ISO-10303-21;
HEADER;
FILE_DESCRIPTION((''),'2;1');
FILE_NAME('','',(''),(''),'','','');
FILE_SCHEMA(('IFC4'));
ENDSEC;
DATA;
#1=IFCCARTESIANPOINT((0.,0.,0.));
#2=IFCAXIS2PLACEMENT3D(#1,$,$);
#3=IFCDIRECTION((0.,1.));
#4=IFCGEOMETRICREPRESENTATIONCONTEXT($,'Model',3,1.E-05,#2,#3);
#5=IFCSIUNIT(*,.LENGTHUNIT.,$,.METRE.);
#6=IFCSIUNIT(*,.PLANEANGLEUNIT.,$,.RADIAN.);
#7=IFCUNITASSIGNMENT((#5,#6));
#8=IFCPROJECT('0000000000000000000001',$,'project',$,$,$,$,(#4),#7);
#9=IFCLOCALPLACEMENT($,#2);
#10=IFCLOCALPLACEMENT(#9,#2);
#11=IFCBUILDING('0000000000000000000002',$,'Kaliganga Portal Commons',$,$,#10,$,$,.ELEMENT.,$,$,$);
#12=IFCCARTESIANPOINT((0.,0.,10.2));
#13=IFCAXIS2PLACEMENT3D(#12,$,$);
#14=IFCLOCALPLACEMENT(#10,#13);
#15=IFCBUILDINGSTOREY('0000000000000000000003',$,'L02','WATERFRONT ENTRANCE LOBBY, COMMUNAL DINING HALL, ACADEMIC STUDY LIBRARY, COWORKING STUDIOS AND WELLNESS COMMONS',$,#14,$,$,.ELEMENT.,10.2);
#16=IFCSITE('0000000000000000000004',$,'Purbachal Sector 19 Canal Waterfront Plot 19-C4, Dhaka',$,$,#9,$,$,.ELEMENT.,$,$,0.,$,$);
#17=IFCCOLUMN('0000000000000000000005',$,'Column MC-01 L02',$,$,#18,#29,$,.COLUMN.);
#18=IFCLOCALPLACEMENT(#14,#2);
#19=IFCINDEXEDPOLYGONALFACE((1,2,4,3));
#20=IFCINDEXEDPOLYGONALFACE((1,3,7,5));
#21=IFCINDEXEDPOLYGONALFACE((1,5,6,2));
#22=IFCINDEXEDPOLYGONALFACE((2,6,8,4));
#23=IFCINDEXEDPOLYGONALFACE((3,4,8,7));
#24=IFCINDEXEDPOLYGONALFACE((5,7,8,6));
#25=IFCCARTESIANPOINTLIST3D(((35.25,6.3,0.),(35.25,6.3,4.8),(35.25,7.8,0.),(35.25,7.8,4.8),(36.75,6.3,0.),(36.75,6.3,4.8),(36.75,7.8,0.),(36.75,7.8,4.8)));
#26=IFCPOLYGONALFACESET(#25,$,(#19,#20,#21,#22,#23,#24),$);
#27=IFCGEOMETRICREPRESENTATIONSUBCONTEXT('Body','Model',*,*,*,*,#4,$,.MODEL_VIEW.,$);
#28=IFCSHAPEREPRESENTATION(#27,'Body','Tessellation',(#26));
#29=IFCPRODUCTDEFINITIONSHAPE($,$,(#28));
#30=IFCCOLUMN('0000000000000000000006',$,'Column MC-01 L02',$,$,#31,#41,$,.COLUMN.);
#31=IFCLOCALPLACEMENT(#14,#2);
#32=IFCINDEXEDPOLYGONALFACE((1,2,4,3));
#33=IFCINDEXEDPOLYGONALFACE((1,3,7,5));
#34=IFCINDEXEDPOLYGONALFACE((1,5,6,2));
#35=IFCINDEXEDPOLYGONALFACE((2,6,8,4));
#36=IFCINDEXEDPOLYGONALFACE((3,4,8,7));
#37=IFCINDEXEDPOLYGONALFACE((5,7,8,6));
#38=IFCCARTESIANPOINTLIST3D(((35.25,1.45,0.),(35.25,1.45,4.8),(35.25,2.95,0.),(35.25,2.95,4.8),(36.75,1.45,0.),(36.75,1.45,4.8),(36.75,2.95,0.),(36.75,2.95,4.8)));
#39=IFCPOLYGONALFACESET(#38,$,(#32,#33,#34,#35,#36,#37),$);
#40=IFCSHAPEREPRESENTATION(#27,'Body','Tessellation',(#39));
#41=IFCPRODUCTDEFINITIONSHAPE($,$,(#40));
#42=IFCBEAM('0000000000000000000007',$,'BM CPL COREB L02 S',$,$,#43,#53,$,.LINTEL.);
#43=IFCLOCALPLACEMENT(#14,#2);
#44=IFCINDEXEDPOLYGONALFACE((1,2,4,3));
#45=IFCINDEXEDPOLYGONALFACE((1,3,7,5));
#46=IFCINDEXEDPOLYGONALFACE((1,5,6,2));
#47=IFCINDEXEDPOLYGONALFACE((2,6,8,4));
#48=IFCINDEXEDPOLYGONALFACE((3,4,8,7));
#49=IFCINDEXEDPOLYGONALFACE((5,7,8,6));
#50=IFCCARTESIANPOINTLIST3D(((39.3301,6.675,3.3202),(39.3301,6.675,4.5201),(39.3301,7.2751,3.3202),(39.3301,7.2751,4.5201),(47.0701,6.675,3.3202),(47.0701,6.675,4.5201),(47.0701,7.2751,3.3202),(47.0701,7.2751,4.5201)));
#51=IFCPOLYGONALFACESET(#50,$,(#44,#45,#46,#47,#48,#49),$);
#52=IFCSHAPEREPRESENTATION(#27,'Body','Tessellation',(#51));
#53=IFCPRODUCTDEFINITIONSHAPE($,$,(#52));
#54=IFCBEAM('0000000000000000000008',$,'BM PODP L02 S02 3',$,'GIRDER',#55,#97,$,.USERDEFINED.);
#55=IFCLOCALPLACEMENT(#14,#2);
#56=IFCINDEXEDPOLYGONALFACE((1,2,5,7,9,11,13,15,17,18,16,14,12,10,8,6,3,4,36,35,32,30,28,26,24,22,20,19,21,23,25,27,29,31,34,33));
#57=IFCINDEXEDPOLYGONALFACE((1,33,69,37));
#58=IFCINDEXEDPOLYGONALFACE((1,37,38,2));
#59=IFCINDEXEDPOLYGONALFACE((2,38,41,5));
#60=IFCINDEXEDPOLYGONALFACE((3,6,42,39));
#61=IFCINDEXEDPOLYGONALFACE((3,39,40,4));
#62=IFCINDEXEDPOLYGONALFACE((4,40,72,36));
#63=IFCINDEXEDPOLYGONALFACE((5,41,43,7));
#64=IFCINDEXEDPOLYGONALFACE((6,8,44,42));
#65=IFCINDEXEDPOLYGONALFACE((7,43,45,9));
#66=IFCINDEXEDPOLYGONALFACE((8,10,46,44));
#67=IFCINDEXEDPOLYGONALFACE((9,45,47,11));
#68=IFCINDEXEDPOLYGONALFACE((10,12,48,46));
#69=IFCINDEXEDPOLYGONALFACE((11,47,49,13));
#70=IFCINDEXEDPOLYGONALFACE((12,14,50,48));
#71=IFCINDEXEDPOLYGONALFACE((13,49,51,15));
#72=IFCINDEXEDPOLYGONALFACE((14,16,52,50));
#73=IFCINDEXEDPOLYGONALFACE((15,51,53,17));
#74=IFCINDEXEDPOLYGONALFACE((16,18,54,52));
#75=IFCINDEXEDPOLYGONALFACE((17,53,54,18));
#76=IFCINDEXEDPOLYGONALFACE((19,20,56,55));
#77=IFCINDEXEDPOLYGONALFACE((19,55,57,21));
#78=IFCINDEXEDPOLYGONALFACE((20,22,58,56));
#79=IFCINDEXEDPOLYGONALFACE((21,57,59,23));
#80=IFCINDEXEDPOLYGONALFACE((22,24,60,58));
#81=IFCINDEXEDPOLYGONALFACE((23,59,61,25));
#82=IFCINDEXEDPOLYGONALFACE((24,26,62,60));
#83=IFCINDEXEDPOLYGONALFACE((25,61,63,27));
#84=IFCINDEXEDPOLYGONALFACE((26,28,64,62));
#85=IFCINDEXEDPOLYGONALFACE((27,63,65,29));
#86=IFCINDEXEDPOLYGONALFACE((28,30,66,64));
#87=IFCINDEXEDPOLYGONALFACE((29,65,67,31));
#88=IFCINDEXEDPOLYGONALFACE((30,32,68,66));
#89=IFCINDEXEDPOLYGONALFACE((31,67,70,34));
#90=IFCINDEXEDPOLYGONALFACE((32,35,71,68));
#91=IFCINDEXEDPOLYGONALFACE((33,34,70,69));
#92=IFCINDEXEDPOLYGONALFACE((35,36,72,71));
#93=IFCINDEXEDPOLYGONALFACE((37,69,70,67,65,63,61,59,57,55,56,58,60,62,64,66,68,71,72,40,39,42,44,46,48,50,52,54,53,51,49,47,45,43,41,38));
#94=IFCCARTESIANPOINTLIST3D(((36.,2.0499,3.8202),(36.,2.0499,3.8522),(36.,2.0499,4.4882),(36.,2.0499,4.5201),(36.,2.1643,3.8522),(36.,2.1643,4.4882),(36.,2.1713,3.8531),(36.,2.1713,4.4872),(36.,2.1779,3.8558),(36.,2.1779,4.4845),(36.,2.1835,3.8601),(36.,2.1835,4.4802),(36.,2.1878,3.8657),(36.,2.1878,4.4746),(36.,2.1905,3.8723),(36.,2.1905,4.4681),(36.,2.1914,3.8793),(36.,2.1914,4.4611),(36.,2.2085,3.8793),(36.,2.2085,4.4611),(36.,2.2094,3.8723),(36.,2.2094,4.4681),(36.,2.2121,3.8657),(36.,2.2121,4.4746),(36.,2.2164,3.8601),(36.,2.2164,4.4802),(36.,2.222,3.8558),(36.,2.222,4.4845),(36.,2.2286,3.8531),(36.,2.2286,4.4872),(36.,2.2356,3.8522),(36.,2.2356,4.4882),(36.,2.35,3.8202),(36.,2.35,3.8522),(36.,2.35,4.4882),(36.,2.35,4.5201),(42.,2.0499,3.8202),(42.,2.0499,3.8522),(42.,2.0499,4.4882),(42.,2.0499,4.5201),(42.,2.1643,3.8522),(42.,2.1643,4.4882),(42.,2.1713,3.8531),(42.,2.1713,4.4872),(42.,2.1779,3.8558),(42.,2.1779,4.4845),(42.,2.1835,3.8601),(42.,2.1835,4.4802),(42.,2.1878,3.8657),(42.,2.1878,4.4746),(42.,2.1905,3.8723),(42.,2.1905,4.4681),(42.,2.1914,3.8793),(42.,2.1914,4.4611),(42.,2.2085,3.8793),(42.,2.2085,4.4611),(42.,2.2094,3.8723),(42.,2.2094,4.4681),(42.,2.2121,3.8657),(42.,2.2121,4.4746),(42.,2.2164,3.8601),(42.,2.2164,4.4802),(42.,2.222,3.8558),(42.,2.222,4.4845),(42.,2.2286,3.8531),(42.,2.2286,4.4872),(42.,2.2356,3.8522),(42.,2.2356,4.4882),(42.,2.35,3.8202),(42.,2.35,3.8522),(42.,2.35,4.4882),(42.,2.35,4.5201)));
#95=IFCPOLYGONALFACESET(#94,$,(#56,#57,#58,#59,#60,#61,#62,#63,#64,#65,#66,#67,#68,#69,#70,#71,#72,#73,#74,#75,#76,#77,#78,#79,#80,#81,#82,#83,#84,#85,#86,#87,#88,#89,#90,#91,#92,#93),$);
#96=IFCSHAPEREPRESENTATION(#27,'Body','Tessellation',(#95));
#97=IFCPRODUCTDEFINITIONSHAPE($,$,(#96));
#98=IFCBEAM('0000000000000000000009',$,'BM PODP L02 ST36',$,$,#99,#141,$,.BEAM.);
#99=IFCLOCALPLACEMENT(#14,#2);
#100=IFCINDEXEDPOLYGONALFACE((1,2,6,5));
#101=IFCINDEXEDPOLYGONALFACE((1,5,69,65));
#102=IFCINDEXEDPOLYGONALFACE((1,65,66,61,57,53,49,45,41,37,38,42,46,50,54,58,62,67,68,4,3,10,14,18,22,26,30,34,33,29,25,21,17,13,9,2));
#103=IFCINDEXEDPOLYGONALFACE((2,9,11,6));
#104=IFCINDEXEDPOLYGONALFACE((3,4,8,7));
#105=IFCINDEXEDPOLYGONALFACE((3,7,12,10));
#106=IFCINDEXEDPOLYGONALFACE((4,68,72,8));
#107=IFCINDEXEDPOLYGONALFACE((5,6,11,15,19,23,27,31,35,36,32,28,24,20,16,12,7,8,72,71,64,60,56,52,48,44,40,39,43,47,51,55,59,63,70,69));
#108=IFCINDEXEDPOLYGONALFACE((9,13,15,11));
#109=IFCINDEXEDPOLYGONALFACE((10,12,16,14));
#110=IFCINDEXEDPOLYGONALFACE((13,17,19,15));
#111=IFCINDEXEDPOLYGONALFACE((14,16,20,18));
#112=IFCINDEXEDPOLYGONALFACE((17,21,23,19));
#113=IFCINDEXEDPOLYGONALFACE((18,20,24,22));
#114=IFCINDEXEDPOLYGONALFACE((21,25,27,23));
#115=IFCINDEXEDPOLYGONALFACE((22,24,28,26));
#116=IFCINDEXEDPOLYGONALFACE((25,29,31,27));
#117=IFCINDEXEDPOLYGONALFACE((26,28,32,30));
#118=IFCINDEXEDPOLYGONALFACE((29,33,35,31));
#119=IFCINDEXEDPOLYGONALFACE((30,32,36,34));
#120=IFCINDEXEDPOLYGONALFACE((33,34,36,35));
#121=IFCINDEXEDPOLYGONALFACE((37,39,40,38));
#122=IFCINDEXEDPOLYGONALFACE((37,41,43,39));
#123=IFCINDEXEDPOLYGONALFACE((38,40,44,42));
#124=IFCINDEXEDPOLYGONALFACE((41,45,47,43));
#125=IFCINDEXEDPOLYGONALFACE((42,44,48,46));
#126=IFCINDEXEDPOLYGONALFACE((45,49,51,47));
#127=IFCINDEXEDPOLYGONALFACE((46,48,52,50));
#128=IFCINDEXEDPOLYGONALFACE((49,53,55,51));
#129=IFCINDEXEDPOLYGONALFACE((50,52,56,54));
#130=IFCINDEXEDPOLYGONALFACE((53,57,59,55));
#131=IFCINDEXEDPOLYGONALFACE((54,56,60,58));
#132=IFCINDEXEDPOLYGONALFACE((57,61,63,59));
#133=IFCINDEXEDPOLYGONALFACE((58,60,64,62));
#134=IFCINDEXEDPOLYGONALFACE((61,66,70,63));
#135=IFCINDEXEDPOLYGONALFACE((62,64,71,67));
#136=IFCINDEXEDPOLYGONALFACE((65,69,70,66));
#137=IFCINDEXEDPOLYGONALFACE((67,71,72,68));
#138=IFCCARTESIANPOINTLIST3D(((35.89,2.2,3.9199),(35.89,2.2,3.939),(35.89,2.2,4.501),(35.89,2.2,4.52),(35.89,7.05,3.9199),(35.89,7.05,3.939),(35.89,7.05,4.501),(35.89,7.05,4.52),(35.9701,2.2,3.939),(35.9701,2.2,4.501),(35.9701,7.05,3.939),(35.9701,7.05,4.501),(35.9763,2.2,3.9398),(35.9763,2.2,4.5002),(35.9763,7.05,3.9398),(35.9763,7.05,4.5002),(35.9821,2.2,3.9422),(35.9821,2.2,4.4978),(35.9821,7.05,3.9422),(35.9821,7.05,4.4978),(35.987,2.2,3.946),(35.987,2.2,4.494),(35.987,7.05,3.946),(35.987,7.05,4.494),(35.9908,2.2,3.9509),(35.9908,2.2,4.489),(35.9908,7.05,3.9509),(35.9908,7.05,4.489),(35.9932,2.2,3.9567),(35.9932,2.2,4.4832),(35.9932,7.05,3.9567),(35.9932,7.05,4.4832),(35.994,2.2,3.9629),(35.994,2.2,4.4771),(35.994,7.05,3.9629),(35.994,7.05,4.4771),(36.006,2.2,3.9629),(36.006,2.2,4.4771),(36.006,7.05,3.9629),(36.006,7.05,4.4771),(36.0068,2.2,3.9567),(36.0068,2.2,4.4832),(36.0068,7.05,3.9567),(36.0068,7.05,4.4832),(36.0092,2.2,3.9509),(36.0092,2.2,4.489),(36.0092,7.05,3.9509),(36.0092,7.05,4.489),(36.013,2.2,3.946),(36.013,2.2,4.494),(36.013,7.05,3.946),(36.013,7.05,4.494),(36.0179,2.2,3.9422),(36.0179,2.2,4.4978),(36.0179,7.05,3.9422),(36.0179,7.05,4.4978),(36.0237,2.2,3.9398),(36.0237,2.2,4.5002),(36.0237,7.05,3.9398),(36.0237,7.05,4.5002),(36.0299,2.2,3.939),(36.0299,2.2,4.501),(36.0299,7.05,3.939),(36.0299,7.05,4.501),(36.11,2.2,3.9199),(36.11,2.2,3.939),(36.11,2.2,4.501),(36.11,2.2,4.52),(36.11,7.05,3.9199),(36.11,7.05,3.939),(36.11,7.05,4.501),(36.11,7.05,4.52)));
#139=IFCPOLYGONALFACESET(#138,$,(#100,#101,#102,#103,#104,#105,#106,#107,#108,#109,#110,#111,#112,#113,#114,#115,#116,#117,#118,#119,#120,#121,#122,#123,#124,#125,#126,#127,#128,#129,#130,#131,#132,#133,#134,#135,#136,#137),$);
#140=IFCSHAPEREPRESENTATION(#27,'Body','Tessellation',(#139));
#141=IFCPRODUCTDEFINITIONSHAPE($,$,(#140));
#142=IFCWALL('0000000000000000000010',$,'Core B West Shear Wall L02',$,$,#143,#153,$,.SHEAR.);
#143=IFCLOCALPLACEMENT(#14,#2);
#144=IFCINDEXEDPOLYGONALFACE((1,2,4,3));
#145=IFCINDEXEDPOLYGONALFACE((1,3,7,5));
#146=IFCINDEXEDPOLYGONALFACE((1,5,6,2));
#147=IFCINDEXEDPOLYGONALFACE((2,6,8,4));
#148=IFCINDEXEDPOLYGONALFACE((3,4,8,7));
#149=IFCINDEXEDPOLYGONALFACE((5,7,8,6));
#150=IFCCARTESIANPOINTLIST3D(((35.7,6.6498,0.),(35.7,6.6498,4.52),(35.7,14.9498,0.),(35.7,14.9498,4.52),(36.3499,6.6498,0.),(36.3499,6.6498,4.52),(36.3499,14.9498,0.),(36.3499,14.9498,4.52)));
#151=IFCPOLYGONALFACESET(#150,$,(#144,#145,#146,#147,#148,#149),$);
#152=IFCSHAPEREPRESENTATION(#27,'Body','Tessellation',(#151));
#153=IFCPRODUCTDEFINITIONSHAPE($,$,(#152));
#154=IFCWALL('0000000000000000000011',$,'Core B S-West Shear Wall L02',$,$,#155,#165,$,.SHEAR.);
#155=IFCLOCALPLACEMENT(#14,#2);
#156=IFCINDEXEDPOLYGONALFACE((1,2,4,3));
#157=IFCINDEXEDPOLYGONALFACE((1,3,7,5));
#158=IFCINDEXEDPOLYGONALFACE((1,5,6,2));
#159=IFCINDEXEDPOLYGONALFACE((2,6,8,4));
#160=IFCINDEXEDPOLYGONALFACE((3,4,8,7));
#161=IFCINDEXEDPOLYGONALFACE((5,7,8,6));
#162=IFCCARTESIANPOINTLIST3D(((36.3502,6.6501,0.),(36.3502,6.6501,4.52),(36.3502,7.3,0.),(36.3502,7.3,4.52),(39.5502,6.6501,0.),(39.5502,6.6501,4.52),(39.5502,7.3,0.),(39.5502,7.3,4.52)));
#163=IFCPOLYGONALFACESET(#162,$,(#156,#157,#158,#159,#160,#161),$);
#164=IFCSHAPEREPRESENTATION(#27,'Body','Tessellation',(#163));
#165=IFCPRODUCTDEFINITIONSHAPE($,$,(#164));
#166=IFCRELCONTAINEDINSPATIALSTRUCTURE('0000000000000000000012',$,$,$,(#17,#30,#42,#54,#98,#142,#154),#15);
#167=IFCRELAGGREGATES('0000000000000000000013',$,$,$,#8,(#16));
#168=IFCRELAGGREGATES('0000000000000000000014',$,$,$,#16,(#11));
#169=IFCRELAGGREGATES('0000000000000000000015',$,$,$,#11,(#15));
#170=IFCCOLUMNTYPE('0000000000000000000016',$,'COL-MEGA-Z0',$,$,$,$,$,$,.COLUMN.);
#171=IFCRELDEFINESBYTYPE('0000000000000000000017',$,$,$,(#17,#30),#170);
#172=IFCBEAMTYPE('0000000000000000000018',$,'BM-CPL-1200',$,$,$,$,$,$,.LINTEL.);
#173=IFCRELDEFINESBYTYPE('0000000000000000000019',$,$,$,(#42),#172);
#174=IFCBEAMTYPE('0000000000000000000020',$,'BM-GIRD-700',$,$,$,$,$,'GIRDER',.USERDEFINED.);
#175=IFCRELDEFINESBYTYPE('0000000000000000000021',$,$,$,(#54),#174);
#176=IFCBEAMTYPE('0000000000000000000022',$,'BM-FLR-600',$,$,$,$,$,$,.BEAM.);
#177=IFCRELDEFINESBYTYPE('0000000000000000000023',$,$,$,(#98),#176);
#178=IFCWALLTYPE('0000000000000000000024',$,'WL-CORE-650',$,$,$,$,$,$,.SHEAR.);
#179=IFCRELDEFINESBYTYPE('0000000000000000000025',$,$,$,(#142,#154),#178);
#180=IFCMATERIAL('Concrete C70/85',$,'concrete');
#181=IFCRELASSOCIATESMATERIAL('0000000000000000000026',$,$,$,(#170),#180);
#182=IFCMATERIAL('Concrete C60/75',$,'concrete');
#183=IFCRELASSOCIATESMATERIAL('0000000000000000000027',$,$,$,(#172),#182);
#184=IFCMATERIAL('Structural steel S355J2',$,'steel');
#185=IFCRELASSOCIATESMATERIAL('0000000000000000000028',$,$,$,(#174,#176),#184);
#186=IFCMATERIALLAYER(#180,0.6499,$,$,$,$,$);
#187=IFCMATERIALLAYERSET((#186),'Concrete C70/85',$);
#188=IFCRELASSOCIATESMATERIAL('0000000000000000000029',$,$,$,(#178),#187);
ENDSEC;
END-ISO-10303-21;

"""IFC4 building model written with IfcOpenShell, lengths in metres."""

from ifc_helpers import new_model, si_unit, direction, frame, frame_2d, origin, origin_2d, place, context, subcontext, project, spatial, rectangle, i_section, extrude, source, transform, mapped, material, layer, layer_set, material_profile, profile_set, type_object, element, save


model = new_model("IFC4")

# Units and contexts
model_context = context("Model", 3, precision=1e-05, world=origin(), true_north=direction((0.0, 1.0)))
body_context = subcontext(model_context, "Body", "Model", "MODEL_VIEW")
ifc_project = project(units=[si_unit("LENGTHUNIT", "METRE"), si_unit("PLANEANGLEUNIT", "RADIAN")], contexts=[model_context])

# Site, building, storey
site_placement = place(None, origin())
site = spatial("IfcSite", under=ifc_project, at=site_placement, Name="Purbachal Sector 19 Canal Waterfront Plot 19-C4, Dhaka", CompositionType="ELEMENT", RefElevation=0.0)
building_placement = place(site_placement, origin())
building = spatial("IfcBuilding", under=site, at=building_placement, Name="Kaliganga Portal Commons", CompositionType="ELEMENT")
storey_placement = place(building_placement, frame((0.0, 0.0, 10.2)))
storey = spatial("IfcBuildingStorey", under=building, at=storey_placement, Name="L02", Description="WATERFRONT ENTRANCE LOBBY, COMMUNAL DINING HALL, ACADEMIC STUDY LIBRARY, COWORKING STUDIOS AND WELLNESS COMMONS", CompositionType="ELEMENT", Elevation=10.2)

# Columns
ifc_material_1 = material(Name="Concrete C70/85", Category="concrete")
ifc_material_profile_1 = material_profile(ifc_material_1, rectangle(XDim=1.5, YDim=1.5, at=origin_2d()), Name="RC 1500x1500")
ifc_profile_set_1 = profile_set([ifc_material_profile_1], Name="Concrete C70/85")
column_type = type_object("IfcColumnType", Name="COL-MEGA-Z0", PredefinedType="COLUMN", material=ifc_profile_set_1)
shared_shape_1 = source(origin(), body_context, "Body", "SweptSolid", [
    extrude(rectangle(XDim=1.5, YDim=1.5, at=origin_2d()), origin(), (0.0, 0.0, 1.0), 4.8),
])
for number, where, z_axis, x_axis, name in (
    (1, (36.0, 7.05, 0.0), (0.0, 0.0, 1.0), (1.0, 0.0, 0.0), "Column MC-01 L02"),
    (2, (36.0, 2.2, 0.0), (0.0, 0.0, 1.0), (1.0, 0.0, 0.0), "Column MC-01 L02"),
):
    element("IfcColumn", number, at=place(storey_placement, frame(where, z_axis=z_axis, x_axis=x_axis)), inside=storey, type_object=column_type, Name=name, PredefinedType="COLUMN", context=body_context, shape_type="MappedRepresentation", body=[
        mapped(shared_shape_1, transform((0.0, 0.0, 0.0), x_axis=(1.0, 0.0, 0.0), y_axis=(0.0, 1.0, 0.0), z_axis=(0.0, 0.0, 1.0), scale=1.0)),
    ])

# Beams
ifc_material_2 = material(Name="Concrete C60/75", Category="concrete")
ifc_material_profile_2 = material_profile(ifc_material_2, rectangle(XDim=0.6001, YDim=1.2, at=origin_2d()), Name="RC 600x1200")
ifc_profile_set_2 = profile_set([ifc_material_profile_2], Name="Concrete C60/75")
beam_type_1 = type_object("IfcBeamType", Name="BM-CPL-1200", PredefinedType="LINTEL", material=ifc_profile_set_2)
shared_shape_2 = source(origin(), body_context, "Body", "SweptSolid", [
    extrude(rectangle(XDim=0.6001, YDim=1.2, at=origin_2d()), origin(), (0.0, 0.0, 1.0), 7.74),
])
beam_1_placement = place(storey_placement, frame((39.3301, 6.9751, 3.9202), z_axis=(1.0, 0.0, 0.0), x_axis=(0.0, 1.0, 0.0)))
element("IfcBeam", 3, at=beam_1_placement, inside=storey, type_object=beam_type_1, Name="BM CPL COREB L02 S", PredefinedType="LINTEL", context=body_context, shape_type="MappedRepresentation", body=[
    mapped(shared_shape_2, transform((0.0, 0.0, 0.0), x_axis=(1.0, 0.0, 0.0), y_axis=(0.0, 1.0, 0.0), z_axis=(0.0, 0.0, 1.0), scale=1.0)),
])
ifc_material_3 = material(Name="Structural steel S355J2", Category="steel")
ifc_material_profile_3 = material_profile(ifc_material_3, i_section(OverallWidth=0.3, OverallDepth=0.7, WebThickness=0.0171, FlangeThickness=0.032, FilletRadius=0.0271, at=origin_2d()), Name="HE 700 B")
ifc_profile_set_3 = profile_set([ifc_material_profile_3], Name="Structural steel S355J2 wide-flange")
beam_type_2 = type_object("IfcBeamType", Name="BM-GIRD-700", ElementType="GIRDER", PredefinedType="USERDEFINED", material=ifc_profile_set_3)
shared_shape_3 = source(origin(), body_context, "Body", "SweptSolid", [
    extrude(i_section(OverallWidth=0.3, OverallDepth=0.7, WebThickness=0.0171, FlangeThickness=0.032, FilletRadius=0.0271, at=origin_2d()), origin(), (0.0, 0.0, 1.0), 6.0),
])
beam_2_placement = place(storey_placement, frame((36.0, 2.2, 4.1702), z_axis=(1.0, 0.0, 0.0), x_axis=(0.0, 1.0, 0.0)))
element("IfcBeam", 4, at=beam_2_placement, inside=storey, type_object=beam_type_2, Name="BM PODP L02 S02 3", ObjectType="GIRDER", PredefinedType="USERDEFINED", context=body_context, shape_type="MappedRepresentation", body=[
    mapped(shared_shape_3, transform((0.0, 0.0, 0.0), x_axis=(1.0, 0.0, 0.0), y_axis=(0.0, 1.0, 0.0), z_axis=(0.0, 0.0, 1.0), scale=1.0)),
])
ifc_material_profile_4 = material_profile(ifc_material_3, i_section(OverallWidth=0.22, OverallDepth=0.6001, WebThickness=0.012, FlangeThickness=0.019, FilletRadius=0.0239, at=origin_2d()), Name="IPE 600")
ifc_profile_set_4 = profile_set([ifc_material_profile_4], Name="Structural steel S355J2 wide-flange")
beam_type_3 = type_object("IfcBeamType", Name="BM-FLR-600", PredefinedType="BEAM", material=ifc_profile_set_4)
shared_shape_4 = source(origin(), body_context, "Body", "SweptSolid", [
    extrude(i_section(OverallWidth=0.22, OverallDepth=0.6001, WebThickness=0.012, FlangeThickness=0.019, FilletRadius=0.0239, at=origin_2d()), origin(), (0.0, 0.0, 1.0), 4.8501),
])
beam_3_placement = place(storey_placement, frame((36.0, 2.2, 4.22), z_axis=(0.0, 1.0, 0.0), x_axis=(-1.0, 0.0, 0.0)))
element("IfcBeam", 5, at=beam_3_placement, inside=storey, type_object=beam_type_3, Name="BM PODP L02 ST36", PredefinedType="BEAM", context=body_context, shape_type="MappedRepresentation", body=[
    mapped(shared_shape_4, transform((0.0, 0.0, 0.0), x_axis=(1.0, 0.0, 0.0), y_axis=(0.0, 1.0, 0.0), z_axis=(0.0, 0.0, 1.0), scale=1.0)),
])

# Walls
ifc_layer_1 = layer(ifc_material_1, 0.6499)
ifc_layer_set_1 = layer_set([ifc_layer_1], Name="Concrete C70/85")
wall_type_1 = type_object("IfcWallType", Name="WL-CORE-650", PredefinedType="SHEAR", material=ifc_layer_set_1)
wall_1_placement = place(storey_placement, frame((36.0249, 6.6499, 0.0), z_axis=(0.0, 0.0, 1.0), x_axis=(0.0, 1.0, 0.0)))
element("IfcWall", 6, at=wall_1_placement, inside=storey, type_object=wall_type_1, Name="Core B West Shear Wall L02", PredefinedType="SHEAR", context=body_context, shape_type="SweptSolid", body=[
    extrude(rectangle(XDim=8.3, YDim=0.6499, at=frame_2d((4.1499, 0.0))), origin(), (0.0, 0.0, 1.0), 4.52),
])
wall_2_placement = place(storey_placement, frame((36.3501, 6.9751, 0.0), z_axis=(0.0, 0.0, 1.0), x_axis=(1.0, 0.0, 0.0)))
element("IfcWall", 7, at=wall_2_placement, inside=storey, type_object=wall_type_1, Name="Core B S-West Shear Wall L02", PredefinedType="SHEAR", context=body_context, shape_type="SweptSolid", body=[
    extrude(rectangle(XDim=3.2, YDim=0.6499, at=frame_2d((1.6001, 0.0))), origin(), (0.0, 0.0, 1.0), 4.52),
])

save(model, "model.ifc")
